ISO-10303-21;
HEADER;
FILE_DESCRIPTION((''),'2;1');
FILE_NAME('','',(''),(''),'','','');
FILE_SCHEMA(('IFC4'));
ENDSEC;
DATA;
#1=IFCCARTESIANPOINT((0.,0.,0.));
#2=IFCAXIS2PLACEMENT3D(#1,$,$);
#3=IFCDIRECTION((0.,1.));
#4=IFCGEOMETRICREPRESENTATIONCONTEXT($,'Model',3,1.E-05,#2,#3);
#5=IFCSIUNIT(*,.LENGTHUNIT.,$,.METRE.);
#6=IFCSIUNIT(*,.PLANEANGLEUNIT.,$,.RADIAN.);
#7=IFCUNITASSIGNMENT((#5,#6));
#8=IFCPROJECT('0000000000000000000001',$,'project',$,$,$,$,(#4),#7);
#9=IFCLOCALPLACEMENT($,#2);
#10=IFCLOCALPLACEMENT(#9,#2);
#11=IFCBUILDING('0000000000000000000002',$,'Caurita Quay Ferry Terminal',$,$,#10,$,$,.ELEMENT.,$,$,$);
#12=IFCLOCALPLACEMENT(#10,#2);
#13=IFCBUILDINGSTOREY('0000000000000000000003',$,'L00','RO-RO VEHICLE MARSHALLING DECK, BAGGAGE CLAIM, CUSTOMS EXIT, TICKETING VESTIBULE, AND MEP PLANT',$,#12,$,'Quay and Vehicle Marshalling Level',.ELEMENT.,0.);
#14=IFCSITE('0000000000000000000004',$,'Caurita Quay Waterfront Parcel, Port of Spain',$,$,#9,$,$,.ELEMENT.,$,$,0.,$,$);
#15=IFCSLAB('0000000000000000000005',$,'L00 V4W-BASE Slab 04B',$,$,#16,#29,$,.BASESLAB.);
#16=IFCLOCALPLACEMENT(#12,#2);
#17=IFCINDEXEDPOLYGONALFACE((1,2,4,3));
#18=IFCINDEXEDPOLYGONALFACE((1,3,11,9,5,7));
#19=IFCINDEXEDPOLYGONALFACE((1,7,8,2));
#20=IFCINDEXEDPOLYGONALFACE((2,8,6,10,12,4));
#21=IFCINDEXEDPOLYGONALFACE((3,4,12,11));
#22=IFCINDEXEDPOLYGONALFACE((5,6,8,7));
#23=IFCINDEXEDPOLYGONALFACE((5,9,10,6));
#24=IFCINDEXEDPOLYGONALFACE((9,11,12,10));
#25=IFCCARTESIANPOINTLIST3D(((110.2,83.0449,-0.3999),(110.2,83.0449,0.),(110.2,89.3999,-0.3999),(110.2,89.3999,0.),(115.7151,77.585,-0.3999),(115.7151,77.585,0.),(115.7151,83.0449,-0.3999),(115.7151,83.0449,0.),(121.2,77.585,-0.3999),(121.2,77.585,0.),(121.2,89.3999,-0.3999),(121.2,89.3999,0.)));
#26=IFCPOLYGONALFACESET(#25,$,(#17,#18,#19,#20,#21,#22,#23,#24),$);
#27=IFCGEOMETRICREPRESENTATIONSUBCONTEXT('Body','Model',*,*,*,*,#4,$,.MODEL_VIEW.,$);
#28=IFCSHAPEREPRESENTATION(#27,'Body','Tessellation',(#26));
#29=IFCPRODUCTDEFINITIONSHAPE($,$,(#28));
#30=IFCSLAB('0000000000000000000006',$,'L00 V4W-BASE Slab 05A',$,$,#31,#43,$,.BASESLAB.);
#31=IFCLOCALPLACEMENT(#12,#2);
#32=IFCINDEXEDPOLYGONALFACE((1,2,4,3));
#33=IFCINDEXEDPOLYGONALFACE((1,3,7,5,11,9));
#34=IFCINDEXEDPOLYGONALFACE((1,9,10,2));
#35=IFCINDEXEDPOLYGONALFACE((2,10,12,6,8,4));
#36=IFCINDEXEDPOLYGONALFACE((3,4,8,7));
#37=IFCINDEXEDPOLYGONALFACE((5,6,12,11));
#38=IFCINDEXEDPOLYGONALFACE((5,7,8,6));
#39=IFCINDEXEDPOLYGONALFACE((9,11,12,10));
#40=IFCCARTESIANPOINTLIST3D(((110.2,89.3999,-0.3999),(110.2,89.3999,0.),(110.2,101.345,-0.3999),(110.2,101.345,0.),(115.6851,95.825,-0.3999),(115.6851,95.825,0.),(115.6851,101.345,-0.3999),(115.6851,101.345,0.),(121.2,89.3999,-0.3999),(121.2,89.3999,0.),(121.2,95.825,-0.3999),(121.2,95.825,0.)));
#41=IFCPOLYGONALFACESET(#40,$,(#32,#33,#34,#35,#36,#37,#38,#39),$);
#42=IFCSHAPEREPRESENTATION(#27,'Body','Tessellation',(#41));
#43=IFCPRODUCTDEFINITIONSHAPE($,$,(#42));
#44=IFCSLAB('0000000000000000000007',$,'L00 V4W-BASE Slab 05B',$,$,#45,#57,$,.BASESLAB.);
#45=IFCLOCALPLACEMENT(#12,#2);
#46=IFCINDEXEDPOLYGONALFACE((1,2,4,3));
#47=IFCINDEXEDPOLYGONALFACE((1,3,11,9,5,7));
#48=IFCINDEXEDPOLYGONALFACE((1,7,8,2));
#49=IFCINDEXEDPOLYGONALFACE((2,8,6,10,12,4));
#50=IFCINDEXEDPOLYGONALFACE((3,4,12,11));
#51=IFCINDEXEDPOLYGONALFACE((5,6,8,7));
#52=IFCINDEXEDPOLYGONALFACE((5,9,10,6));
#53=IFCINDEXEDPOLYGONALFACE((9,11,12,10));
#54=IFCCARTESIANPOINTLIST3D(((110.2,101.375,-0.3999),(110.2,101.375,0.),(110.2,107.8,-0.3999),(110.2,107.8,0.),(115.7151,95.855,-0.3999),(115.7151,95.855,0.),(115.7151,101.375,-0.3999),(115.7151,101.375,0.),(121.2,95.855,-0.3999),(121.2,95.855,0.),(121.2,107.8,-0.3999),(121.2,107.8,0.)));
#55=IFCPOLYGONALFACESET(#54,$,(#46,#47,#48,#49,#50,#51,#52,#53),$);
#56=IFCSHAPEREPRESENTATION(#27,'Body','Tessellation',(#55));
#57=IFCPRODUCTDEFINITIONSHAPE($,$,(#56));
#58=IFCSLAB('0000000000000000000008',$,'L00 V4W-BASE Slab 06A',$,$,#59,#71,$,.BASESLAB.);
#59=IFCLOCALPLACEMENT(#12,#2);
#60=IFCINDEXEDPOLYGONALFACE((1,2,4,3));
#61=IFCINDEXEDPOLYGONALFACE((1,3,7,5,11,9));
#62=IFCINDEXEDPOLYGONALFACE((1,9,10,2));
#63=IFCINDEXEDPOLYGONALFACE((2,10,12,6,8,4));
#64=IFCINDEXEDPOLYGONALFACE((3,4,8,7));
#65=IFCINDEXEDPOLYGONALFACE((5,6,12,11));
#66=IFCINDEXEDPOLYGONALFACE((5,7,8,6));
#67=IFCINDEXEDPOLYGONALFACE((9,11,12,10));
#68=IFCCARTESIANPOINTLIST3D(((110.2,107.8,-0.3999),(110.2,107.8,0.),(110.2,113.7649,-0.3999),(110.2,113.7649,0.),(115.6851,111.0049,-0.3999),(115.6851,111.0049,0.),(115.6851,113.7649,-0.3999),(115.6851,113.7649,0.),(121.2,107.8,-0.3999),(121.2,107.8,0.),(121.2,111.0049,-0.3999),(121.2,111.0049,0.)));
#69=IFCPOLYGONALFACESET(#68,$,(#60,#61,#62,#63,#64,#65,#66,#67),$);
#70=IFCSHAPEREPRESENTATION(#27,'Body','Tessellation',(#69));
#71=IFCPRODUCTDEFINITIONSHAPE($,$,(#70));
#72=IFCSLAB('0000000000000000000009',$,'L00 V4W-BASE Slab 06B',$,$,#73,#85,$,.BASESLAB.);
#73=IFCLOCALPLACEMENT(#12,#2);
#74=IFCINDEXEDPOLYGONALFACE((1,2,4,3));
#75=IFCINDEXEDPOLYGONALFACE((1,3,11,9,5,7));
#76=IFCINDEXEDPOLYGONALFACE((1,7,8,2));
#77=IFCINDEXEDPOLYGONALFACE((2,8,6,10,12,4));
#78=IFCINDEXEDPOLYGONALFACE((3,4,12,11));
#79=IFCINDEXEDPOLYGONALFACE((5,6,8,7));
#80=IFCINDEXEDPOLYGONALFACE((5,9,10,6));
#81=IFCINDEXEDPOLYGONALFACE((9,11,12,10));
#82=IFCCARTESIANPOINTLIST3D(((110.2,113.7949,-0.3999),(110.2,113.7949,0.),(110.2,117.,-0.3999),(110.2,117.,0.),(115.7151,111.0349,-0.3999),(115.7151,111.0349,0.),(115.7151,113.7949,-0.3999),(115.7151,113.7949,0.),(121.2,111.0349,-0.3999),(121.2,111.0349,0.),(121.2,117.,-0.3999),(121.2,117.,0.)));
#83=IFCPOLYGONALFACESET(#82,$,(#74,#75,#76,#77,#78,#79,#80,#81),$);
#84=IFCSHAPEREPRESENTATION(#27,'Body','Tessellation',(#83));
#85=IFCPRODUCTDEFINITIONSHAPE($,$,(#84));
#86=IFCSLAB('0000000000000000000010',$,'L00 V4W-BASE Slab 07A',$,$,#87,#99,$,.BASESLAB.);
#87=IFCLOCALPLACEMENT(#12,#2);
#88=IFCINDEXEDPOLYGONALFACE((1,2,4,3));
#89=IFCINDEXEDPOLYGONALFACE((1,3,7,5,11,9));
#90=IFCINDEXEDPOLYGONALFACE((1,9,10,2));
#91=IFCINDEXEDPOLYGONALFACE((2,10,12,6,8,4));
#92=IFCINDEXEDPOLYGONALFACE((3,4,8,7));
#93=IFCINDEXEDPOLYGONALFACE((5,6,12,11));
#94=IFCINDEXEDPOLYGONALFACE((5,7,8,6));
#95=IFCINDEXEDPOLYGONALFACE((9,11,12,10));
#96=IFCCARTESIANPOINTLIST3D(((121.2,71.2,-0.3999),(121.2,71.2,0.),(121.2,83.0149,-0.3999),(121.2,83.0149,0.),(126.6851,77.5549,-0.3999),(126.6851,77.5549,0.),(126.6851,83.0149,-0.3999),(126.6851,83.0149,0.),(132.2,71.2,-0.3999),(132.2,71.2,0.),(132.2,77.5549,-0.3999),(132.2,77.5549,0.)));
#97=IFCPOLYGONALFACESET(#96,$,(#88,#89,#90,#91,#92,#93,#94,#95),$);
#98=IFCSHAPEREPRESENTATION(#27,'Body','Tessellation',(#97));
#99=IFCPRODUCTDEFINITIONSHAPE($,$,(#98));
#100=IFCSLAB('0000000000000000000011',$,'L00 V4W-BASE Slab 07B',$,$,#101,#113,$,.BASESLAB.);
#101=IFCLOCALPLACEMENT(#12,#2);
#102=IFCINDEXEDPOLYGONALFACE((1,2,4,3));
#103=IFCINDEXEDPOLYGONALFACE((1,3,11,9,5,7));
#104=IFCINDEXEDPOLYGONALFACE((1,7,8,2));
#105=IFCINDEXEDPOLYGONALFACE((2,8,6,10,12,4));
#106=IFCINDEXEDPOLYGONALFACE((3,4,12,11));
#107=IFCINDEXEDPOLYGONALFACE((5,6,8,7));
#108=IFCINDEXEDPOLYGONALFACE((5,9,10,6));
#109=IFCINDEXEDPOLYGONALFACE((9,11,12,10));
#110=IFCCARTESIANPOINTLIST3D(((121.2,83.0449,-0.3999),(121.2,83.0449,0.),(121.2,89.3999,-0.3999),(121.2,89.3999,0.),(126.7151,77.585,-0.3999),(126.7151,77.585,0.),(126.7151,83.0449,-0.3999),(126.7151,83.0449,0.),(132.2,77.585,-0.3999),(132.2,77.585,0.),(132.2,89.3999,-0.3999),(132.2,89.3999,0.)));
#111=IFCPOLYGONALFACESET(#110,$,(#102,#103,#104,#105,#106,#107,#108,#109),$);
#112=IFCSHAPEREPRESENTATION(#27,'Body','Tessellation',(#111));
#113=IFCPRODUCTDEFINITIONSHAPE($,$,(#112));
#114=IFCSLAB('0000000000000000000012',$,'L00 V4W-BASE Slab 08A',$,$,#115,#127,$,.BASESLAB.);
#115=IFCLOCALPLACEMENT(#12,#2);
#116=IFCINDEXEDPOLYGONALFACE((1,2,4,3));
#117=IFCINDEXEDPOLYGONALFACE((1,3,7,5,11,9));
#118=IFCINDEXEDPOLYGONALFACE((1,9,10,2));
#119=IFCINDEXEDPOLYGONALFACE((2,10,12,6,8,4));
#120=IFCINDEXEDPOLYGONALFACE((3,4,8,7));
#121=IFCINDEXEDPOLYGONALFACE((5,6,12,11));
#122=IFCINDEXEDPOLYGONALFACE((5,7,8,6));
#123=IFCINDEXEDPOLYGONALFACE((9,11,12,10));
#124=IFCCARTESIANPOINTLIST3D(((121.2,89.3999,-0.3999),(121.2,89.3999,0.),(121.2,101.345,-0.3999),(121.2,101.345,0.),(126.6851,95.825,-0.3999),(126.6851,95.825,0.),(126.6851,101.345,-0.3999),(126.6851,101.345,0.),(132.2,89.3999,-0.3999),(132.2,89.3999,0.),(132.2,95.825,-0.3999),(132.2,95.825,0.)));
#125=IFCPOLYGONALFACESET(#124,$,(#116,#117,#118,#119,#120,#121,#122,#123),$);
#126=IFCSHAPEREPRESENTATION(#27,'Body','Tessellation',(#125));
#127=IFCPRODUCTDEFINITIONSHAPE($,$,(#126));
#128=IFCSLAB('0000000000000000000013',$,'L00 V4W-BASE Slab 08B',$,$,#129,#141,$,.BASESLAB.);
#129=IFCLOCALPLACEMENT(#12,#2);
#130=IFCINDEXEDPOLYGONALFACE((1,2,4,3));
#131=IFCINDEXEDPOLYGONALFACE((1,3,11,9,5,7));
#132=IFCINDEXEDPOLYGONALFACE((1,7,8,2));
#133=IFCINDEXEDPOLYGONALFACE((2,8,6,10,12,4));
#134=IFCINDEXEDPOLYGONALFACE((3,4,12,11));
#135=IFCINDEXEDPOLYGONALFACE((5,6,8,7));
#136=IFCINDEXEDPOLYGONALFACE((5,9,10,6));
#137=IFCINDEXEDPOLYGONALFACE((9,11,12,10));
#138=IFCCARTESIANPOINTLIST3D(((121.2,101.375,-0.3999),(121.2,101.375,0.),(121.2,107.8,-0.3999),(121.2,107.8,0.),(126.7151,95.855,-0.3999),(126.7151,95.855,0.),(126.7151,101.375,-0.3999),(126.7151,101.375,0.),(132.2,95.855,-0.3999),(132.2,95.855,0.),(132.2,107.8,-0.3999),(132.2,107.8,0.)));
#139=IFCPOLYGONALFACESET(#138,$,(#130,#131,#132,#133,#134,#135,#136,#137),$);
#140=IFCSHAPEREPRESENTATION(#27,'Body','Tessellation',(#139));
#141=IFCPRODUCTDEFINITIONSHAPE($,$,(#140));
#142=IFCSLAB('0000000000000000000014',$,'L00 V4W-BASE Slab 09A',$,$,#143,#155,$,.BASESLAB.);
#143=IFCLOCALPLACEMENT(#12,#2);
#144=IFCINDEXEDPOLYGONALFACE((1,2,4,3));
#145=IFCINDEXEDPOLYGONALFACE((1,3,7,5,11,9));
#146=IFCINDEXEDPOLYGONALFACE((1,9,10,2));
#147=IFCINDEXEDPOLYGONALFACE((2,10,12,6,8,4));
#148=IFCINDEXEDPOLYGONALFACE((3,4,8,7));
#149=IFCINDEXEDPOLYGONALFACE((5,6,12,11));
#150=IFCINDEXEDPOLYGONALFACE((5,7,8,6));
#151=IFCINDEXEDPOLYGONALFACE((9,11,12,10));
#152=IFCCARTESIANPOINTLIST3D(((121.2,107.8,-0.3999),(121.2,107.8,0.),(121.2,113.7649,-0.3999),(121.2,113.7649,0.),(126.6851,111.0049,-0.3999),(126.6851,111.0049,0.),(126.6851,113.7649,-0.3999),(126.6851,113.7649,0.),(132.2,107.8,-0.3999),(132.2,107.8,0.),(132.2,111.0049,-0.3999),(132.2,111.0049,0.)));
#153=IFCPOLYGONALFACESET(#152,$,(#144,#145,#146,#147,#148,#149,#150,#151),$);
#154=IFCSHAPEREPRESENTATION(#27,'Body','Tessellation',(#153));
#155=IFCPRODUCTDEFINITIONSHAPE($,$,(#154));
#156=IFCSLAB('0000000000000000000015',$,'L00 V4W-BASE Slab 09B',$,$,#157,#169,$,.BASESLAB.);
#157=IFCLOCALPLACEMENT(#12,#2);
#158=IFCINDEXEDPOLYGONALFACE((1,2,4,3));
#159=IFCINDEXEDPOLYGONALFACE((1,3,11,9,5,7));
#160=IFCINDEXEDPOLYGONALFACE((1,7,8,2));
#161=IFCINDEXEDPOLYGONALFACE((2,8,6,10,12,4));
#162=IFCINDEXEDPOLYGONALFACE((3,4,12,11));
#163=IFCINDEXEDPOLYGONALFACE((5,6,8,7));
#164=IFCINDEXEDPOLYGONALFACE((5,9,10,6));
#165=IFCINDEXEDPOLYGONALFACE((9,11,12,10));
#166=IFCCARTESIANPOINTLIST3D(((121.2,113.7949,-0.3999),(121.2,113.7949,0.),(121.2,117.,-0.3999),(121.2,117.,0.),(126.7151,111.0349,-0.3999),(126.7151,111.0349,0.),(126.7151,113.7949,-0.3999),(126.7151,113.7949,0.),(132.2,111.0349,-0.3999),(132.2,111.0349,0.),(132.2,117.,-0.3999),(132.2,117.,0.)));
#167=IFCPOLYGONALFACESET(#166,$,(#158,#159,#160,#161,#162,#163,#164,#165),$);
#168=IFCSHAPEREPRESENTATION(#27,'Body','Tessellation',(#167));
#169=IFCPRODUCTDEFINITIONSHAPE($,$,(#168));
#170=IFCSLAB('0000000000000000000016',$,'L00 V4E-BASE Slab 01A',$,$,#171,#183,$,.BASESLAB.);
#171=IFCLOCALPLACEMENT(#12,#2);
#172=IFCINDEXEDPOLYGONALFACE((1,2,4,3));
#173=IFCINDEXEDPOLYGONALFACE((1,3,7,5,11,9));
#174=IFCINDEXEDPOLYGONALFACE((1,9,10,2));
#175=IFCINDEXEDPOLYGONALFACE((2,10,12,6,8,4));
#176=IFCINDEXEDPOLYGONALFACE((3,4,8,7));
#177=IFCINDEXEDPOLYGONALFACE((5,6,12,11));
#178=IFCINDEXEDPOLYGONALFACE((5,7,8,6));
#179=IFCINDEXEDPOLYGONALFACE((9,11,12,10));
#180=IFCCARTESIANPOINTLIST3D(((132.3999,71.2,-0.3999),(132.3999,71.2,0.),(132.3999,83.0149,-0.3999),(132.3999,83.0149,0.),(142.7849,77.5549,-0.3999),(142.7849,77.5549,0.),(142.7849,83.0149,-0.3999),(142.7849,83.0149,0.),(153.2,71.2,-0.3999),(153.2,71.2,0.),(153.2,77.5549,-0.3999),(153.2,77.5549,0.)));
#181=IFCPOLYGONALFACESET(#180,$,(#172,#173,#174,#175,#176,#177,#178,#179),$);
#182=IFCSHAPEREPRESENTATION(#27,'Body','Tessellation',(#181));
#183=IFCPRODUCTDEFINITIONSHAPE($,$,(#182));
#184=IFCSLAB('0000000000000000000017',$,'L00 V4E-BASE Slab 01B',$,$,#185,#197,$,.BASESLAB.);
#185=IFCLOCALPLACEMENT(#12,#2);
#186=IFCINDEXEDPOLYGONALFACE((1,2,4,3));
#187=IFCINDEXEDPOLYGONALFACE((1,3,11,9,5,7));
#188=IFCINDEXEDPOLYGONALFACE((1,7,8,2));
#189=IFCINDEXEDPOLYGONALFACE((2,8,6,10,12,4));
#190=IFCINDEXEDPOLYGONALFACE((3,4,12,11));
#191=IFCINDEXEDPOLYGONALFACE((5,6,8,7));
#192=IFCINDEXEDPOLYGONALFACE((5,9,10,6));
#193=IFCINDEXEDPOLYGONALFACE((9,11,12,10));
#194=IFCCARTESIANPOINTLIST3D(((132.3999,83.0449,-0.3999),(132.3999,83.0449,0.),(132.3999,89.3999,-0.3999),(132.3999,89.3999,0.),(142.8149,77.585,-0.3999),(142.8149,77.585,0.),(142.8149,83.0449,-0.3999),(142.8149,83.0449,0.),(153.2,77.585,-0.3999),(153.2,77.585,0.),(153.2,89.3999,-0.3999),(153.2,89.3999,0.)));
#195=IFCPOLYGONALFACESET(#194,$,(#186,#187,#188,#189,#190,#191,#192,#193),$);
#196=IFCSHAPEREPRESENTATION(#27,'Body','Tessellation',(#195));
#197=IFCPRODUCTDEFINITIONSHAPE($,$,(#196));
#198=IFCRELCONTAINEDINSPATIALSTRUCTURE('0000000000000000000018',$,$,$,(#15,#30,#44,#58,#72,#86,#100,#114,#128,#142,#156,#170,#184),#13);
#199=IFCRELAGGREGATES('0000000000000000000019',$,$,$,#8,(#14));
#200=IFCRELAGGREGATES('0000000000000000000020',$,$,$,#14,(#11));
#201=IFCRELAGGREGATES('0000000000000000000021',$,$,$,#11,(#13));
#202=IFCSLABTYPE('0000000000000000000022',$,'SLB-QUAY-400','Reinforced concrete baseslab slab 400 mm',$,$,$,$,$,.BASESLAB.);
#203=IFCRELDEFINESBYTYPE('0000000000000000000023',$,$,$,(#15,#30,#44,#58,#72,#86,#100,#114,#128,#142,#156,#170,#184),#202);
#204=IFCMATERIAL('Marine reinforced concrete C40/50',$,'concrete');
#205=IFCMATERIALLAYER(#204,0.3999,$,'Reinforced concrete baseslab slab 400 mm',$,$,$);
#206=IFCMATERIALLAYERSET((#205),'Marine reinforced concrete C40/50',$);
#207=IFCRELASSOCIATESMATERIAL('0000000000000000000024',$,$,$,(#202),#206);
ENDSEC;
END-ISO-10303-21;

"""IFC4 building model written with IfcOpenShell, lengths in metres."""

from ifc_helpers import new_model, si_unit, direction, frame, origin, place, context, subcontext, project, spatial, polyline, outline, extrude, material, layer, layer_set, type_object, element, save


model = new_model("IFC4")

# Units and contexts
model_context = context("Model", 3, precision=1e-05, world=origin(), true_north=direction((0.0, 1.0)))
body_context = subcontext(model_context, "Body", "Model", "MODEL_VIEW")
ifc_project = project(units=[si_unit("LENGTHUNIT", "METRE"), si_unit("PLANEANGLEUNIT", "RADIAN")], contexts=[model_context])

# Site, building, storey
site_placement = place(None, origin())
site = spatial("IfcSite", under=ifc_project, at=site_placement, Name="Caurita Quay Waterfront Parcel, Port of Spain", CompositionType="ELEMENT", RefElevation=0.0)
building_placement = place(site_placement, origin())
building = spatial("IfcBuilding", under=site, at=building_placement, Name="Caurita Quay Ferry Terminal", CompositionType="ELEMENT")
storey_placement = place(building_placement, origin())
storey = spatial("IfcBuildingStorey", under=building, at=storey_placement, Name="L00", Description="RO-RO VEHICLE MARSHALLING DECK, BAGGAGE CLAIM, CUSTOMS EXIT, TICKETING VESTIBULE, AND MEP PLANT", LongName="Quay and Vehicle Marshalling Level", CompositionType="ELEMENT", Elevation=0.0)

# Slabs
ifc_material = material(Name="Marine reinforced concrete C40/50", Category="concrete")
ifc_layer = layer(ifc_material, 0.3999, Name="Reinforced concrete baseslab slab 400 mm")
ifc_layer_set = layer_set([ifc_layer], Name="Marine reinforced concrete C40/50")
slab_type = type_object("IfcSlabType", Name="SLB-QUAY-400", Description="Reinforced concrete baseslab slab 400 mm", PredefinedType="BASESLAB", material=ifc_layer_set)
slab_1_placement = place(storey_placement, frame((0.0, 0.0, -0.3999)))
element("IfcSlab", 1, at=slab_1_placement, inside=storey, type_object=slab_type, Name="L00 V4W-BASE Slab 04B", PredefinedType="BASESLAB", context=body_context, shape_type="SweptSolid", body=[
    extrude(outline(polyline([(115.7151, 77.585), (121.2, 77.585), (121.2, 89.3999), (110.2, 89.3999), (110.2, 83.0449), (115.7151, 83.0449), (115.7151, 77.585)])), origin(), (0.0, 0.0, 1.0), 0.3999),
])
slab_2_placement = place(storey_placement, frame((0.0, 0.0, -0.3999)))
element("IfcSlab", 2, at=slab_2_placement, inside=storey, type_object=slab_type, Name="L00 V4W-BASE Slab 05A", PredefinedType="BASESLAB", context=body_context, shape_type="SweptSolid", body=[
    extrude(outline(polyline([(110.2, 89.3999), (121.2, 89.3999), (121.2, 95.825), (115.6851, 95.825), (115.6851, 101.345), (110.2, 101.345), (110.2, 89.3999)])), origin(), (0.0, 0.0, 1.0), 0.3999),
])
slab_3_placement = place(storey_placement, frame((0.0, 0.0, -0.3999)))
element("IfcSlab", 3, at=slab_3_placement, inside=storey, type_object=slab_type, Name="L00 V4W-BASE Slab 05B", PredefinedType="BASESLAB", context=body_context, shape_type="SweptSolid", body=[
    extrude(outline(polyline([(115.7151, 95.855), (121.2, 95.855), (121.2, 107.8), (110.2, 107.8), (110.2, 101.375), (115.7151, 101.375), (115.7151, 95.855)])), origin(), (0.0, 0.0, 1.0), 0.3999),
])
slab_4_placement = place(storey_placement, frame((0.0, 0.0, -0.3999)))
element("IfcSlab", 4, at=slab_4_placement, inside=storey, type_object=slab_type, Name="L00 V4W-BASE Slab 06A", PredefinedType="BASESLAB", context=body_context, shape_type="SweptSolid", body=[
    extrude(outline(polyline([(110.2, 107.8), (121.2, 107.8), (121.2, 111.0049), (115.6851, 111.0049), (115.6851, 113.7649), (110.2, 113.7649), (110.2, 107.8)])), origin(), (0.0, 0.0, 1.0), 0.3999),
])
slab_5_placement = place(storey_placement, frame((0.0, 0.0, -0.3999)))
element("IfcSlab", 5, at=slab_5_placement, inside=storey, type_object=slab_type, Name="L00 V4W-BASE Slab 06B", PredefinedType="BASESLAB", context=body_context, shape_type="SweptSolid", body=[
    extrude(outline(polyline([(115.7151, 111.0349), (121.2, 111.0349), (121.2, 117.0), (110.2, 117.0), (110.2, 113.7949), (115.7151, 113.7949), (115.7151, 111.0349)])), origin(), (0.0, 0.0, 1.0), 0.3999),
])
slab_6_placement = place(storey_placement, frame((0.0, 0.0, -0.3999)))
element("IfcSlab", 6, at=slab_6_placement, inside=storey, type_object=slab_type, Name="L00 V4W-BASE Slab 07A", PredefinedType="BASESLAB", context=body_context, shape_type="SweptSolid", body=[
    extrude(outline(polyline([(121.2, 71.2), (132.2, 71.2), (132.2, 77.5549), (126.6851, 77.5549), (126.6851, 83.0149), (121.2, 83.0149), (121.2, 71.2)])), origin(), (0.0, 0.0, 1.0), 0.3999),
])
slab_7_placement = place(storey_placement, frame((0.0, 0.0, -0.3999)))
element("IfcSlab", 7, at=slab_7_placement, inside=storey, type_object=slab_type, Name="L00 V4W-BASE Slab 07B", PredefinedType="BASESLAB", context=body_context, shape_type="SweptSolid", body=[
    extrude(outline(polyline([(126.7151, 77.585), (132.2, 77.585), (132.2, 89.3999), (121.2, 89.3999), (121.2, 83.0449), (126.7151, 83.0449), (126.7151, 77.585)])), origin(), (0.0, 0.0, 1.0), 0.3999),
])
slab_8_placement = place(storey_placement, frame((0.0, 0.0, -0.3999)))
element("IfcSlab", 8, at=slab_8_placement, inside=storey, type_object=slab_type, Name="L00 V4W-BASE Slab 08A", PredefinedType="BASESLAB", context=body_context, shape_type="SweptSolid", body=[
    extrude(outline(polyline([(121.2, 89.3999), (132.2, 89.3999), (132.2, 95.825), (126.6851, 95.825), (126.6851, 101.345), (121.2, 101.345), (121.2, 89.3999)])), origin(), (0.0, 0.0, 1.0), 0.3999),
])
slab_9_placement = place(storey_placement, frame((0.0, 0.0, -0.3999)))
element("IfcSlab", 9, at=slab_9_placement, inside=storey, type_object=slab_type, Name="L00 V4W-BASE Slab 08B", PredefinedType="BASESLAB", context=body_context, shape_type="SweptSolid", body=[
    extrude(outline(polyline([(126.7151, 95.855), (132.2, 95.855), (132.2, 107.8), (121.2, 107.8), (121.2, 101.375), (126.7151, 101.375), (126.7151, 95.855)])), origin(), (0.0, 0.0, 1.0), 0.3999),
])
slab_10_placement = place(storey_placement, frame((0.0, 0.0, -0.3999)))
element("IfcSlab", 10, at=slab_10_placement, inside=storey, type_object=slab_type, Name="L00 V4W-BASE Slab 09A", PredefinedType="BASESLAB", context=body_context, shape_type="SweptSolid", body=[
    extrude(outline(polyline([(121.2, 107.8), (132.2, 107.8), (132.2, 111.0049), (126.6851, 111.0049), (126.6851, 113.7649), (121.2, 113.7649), (121.2, 107.8)])), origin(), (0.0, 0.0, 1.0), 0.3999),
])
slab_11_placement = place(storey_placement, frame((0.0, 0.0, -0.3999)))
element("IfcSlab", 11, at=slab_11_placement, inside=storey, type_object=slab_type, Name="L00 V4W-BASE Slab 09B", PredefinedType="BASESLAB", context=body_context, shape_type="SweptSolid", body=[
    extrude(outline(polyline([(126.7151, 111.0349), (132.2, 111.0349), (132.2, 117.0), (121.2, 117.0), (121.2, 113.7949), (126.7151, 113.7949), (126.7151, 111.0349)])), origin(), (0.0, 0.0, 1.0), 0.3999),
])
slab_12_placement = place(storey_placement, frame((0.0, 0.0, -0.3999)))
element("IfcSlab", 12, at=slab_12_placement, inside=storey, type_object=slab_type, Name="L00 V4E-BASE Slab 01A", PredefinedType="BASESLAB", context=body_context, shape_type="SweptSolid", body=[
    extrude(outline(polyline([(132.3999, 71.2), (153.2, 71.2), (153.2, 77.5549), (142.7849, 77.5549), (142.7849, 83.0149), (132.3999, 83.0149), (132.3999, 71.2)])), origin(), (0.0, 0.0, 1.0), 0.3999),
])
slab_13_placement = place(storey_placement, frame((0.0, 0.0, -0.3999)))
element("IfcSlab", 13, at=slab_13_placement, inside=storey, type_object=slab_type, Name="L00 V4E-BASE Slab 01B", PredefinedType="BASESLAB", context=body_context, shape_type="SweptSolid", body=[
    extrude(outline(polyline([(142.8149, 77.585), (153.2, 77.585), (153.2, 89.3999), (132.3999, 89.3999), (132.3999, 83.0449), (142.8149, 83.0449), (142.8149, 77.585)])), origin(), (0.0, 0.0, 1.0), 0.3999),
])

save(model, "model.ifc")
